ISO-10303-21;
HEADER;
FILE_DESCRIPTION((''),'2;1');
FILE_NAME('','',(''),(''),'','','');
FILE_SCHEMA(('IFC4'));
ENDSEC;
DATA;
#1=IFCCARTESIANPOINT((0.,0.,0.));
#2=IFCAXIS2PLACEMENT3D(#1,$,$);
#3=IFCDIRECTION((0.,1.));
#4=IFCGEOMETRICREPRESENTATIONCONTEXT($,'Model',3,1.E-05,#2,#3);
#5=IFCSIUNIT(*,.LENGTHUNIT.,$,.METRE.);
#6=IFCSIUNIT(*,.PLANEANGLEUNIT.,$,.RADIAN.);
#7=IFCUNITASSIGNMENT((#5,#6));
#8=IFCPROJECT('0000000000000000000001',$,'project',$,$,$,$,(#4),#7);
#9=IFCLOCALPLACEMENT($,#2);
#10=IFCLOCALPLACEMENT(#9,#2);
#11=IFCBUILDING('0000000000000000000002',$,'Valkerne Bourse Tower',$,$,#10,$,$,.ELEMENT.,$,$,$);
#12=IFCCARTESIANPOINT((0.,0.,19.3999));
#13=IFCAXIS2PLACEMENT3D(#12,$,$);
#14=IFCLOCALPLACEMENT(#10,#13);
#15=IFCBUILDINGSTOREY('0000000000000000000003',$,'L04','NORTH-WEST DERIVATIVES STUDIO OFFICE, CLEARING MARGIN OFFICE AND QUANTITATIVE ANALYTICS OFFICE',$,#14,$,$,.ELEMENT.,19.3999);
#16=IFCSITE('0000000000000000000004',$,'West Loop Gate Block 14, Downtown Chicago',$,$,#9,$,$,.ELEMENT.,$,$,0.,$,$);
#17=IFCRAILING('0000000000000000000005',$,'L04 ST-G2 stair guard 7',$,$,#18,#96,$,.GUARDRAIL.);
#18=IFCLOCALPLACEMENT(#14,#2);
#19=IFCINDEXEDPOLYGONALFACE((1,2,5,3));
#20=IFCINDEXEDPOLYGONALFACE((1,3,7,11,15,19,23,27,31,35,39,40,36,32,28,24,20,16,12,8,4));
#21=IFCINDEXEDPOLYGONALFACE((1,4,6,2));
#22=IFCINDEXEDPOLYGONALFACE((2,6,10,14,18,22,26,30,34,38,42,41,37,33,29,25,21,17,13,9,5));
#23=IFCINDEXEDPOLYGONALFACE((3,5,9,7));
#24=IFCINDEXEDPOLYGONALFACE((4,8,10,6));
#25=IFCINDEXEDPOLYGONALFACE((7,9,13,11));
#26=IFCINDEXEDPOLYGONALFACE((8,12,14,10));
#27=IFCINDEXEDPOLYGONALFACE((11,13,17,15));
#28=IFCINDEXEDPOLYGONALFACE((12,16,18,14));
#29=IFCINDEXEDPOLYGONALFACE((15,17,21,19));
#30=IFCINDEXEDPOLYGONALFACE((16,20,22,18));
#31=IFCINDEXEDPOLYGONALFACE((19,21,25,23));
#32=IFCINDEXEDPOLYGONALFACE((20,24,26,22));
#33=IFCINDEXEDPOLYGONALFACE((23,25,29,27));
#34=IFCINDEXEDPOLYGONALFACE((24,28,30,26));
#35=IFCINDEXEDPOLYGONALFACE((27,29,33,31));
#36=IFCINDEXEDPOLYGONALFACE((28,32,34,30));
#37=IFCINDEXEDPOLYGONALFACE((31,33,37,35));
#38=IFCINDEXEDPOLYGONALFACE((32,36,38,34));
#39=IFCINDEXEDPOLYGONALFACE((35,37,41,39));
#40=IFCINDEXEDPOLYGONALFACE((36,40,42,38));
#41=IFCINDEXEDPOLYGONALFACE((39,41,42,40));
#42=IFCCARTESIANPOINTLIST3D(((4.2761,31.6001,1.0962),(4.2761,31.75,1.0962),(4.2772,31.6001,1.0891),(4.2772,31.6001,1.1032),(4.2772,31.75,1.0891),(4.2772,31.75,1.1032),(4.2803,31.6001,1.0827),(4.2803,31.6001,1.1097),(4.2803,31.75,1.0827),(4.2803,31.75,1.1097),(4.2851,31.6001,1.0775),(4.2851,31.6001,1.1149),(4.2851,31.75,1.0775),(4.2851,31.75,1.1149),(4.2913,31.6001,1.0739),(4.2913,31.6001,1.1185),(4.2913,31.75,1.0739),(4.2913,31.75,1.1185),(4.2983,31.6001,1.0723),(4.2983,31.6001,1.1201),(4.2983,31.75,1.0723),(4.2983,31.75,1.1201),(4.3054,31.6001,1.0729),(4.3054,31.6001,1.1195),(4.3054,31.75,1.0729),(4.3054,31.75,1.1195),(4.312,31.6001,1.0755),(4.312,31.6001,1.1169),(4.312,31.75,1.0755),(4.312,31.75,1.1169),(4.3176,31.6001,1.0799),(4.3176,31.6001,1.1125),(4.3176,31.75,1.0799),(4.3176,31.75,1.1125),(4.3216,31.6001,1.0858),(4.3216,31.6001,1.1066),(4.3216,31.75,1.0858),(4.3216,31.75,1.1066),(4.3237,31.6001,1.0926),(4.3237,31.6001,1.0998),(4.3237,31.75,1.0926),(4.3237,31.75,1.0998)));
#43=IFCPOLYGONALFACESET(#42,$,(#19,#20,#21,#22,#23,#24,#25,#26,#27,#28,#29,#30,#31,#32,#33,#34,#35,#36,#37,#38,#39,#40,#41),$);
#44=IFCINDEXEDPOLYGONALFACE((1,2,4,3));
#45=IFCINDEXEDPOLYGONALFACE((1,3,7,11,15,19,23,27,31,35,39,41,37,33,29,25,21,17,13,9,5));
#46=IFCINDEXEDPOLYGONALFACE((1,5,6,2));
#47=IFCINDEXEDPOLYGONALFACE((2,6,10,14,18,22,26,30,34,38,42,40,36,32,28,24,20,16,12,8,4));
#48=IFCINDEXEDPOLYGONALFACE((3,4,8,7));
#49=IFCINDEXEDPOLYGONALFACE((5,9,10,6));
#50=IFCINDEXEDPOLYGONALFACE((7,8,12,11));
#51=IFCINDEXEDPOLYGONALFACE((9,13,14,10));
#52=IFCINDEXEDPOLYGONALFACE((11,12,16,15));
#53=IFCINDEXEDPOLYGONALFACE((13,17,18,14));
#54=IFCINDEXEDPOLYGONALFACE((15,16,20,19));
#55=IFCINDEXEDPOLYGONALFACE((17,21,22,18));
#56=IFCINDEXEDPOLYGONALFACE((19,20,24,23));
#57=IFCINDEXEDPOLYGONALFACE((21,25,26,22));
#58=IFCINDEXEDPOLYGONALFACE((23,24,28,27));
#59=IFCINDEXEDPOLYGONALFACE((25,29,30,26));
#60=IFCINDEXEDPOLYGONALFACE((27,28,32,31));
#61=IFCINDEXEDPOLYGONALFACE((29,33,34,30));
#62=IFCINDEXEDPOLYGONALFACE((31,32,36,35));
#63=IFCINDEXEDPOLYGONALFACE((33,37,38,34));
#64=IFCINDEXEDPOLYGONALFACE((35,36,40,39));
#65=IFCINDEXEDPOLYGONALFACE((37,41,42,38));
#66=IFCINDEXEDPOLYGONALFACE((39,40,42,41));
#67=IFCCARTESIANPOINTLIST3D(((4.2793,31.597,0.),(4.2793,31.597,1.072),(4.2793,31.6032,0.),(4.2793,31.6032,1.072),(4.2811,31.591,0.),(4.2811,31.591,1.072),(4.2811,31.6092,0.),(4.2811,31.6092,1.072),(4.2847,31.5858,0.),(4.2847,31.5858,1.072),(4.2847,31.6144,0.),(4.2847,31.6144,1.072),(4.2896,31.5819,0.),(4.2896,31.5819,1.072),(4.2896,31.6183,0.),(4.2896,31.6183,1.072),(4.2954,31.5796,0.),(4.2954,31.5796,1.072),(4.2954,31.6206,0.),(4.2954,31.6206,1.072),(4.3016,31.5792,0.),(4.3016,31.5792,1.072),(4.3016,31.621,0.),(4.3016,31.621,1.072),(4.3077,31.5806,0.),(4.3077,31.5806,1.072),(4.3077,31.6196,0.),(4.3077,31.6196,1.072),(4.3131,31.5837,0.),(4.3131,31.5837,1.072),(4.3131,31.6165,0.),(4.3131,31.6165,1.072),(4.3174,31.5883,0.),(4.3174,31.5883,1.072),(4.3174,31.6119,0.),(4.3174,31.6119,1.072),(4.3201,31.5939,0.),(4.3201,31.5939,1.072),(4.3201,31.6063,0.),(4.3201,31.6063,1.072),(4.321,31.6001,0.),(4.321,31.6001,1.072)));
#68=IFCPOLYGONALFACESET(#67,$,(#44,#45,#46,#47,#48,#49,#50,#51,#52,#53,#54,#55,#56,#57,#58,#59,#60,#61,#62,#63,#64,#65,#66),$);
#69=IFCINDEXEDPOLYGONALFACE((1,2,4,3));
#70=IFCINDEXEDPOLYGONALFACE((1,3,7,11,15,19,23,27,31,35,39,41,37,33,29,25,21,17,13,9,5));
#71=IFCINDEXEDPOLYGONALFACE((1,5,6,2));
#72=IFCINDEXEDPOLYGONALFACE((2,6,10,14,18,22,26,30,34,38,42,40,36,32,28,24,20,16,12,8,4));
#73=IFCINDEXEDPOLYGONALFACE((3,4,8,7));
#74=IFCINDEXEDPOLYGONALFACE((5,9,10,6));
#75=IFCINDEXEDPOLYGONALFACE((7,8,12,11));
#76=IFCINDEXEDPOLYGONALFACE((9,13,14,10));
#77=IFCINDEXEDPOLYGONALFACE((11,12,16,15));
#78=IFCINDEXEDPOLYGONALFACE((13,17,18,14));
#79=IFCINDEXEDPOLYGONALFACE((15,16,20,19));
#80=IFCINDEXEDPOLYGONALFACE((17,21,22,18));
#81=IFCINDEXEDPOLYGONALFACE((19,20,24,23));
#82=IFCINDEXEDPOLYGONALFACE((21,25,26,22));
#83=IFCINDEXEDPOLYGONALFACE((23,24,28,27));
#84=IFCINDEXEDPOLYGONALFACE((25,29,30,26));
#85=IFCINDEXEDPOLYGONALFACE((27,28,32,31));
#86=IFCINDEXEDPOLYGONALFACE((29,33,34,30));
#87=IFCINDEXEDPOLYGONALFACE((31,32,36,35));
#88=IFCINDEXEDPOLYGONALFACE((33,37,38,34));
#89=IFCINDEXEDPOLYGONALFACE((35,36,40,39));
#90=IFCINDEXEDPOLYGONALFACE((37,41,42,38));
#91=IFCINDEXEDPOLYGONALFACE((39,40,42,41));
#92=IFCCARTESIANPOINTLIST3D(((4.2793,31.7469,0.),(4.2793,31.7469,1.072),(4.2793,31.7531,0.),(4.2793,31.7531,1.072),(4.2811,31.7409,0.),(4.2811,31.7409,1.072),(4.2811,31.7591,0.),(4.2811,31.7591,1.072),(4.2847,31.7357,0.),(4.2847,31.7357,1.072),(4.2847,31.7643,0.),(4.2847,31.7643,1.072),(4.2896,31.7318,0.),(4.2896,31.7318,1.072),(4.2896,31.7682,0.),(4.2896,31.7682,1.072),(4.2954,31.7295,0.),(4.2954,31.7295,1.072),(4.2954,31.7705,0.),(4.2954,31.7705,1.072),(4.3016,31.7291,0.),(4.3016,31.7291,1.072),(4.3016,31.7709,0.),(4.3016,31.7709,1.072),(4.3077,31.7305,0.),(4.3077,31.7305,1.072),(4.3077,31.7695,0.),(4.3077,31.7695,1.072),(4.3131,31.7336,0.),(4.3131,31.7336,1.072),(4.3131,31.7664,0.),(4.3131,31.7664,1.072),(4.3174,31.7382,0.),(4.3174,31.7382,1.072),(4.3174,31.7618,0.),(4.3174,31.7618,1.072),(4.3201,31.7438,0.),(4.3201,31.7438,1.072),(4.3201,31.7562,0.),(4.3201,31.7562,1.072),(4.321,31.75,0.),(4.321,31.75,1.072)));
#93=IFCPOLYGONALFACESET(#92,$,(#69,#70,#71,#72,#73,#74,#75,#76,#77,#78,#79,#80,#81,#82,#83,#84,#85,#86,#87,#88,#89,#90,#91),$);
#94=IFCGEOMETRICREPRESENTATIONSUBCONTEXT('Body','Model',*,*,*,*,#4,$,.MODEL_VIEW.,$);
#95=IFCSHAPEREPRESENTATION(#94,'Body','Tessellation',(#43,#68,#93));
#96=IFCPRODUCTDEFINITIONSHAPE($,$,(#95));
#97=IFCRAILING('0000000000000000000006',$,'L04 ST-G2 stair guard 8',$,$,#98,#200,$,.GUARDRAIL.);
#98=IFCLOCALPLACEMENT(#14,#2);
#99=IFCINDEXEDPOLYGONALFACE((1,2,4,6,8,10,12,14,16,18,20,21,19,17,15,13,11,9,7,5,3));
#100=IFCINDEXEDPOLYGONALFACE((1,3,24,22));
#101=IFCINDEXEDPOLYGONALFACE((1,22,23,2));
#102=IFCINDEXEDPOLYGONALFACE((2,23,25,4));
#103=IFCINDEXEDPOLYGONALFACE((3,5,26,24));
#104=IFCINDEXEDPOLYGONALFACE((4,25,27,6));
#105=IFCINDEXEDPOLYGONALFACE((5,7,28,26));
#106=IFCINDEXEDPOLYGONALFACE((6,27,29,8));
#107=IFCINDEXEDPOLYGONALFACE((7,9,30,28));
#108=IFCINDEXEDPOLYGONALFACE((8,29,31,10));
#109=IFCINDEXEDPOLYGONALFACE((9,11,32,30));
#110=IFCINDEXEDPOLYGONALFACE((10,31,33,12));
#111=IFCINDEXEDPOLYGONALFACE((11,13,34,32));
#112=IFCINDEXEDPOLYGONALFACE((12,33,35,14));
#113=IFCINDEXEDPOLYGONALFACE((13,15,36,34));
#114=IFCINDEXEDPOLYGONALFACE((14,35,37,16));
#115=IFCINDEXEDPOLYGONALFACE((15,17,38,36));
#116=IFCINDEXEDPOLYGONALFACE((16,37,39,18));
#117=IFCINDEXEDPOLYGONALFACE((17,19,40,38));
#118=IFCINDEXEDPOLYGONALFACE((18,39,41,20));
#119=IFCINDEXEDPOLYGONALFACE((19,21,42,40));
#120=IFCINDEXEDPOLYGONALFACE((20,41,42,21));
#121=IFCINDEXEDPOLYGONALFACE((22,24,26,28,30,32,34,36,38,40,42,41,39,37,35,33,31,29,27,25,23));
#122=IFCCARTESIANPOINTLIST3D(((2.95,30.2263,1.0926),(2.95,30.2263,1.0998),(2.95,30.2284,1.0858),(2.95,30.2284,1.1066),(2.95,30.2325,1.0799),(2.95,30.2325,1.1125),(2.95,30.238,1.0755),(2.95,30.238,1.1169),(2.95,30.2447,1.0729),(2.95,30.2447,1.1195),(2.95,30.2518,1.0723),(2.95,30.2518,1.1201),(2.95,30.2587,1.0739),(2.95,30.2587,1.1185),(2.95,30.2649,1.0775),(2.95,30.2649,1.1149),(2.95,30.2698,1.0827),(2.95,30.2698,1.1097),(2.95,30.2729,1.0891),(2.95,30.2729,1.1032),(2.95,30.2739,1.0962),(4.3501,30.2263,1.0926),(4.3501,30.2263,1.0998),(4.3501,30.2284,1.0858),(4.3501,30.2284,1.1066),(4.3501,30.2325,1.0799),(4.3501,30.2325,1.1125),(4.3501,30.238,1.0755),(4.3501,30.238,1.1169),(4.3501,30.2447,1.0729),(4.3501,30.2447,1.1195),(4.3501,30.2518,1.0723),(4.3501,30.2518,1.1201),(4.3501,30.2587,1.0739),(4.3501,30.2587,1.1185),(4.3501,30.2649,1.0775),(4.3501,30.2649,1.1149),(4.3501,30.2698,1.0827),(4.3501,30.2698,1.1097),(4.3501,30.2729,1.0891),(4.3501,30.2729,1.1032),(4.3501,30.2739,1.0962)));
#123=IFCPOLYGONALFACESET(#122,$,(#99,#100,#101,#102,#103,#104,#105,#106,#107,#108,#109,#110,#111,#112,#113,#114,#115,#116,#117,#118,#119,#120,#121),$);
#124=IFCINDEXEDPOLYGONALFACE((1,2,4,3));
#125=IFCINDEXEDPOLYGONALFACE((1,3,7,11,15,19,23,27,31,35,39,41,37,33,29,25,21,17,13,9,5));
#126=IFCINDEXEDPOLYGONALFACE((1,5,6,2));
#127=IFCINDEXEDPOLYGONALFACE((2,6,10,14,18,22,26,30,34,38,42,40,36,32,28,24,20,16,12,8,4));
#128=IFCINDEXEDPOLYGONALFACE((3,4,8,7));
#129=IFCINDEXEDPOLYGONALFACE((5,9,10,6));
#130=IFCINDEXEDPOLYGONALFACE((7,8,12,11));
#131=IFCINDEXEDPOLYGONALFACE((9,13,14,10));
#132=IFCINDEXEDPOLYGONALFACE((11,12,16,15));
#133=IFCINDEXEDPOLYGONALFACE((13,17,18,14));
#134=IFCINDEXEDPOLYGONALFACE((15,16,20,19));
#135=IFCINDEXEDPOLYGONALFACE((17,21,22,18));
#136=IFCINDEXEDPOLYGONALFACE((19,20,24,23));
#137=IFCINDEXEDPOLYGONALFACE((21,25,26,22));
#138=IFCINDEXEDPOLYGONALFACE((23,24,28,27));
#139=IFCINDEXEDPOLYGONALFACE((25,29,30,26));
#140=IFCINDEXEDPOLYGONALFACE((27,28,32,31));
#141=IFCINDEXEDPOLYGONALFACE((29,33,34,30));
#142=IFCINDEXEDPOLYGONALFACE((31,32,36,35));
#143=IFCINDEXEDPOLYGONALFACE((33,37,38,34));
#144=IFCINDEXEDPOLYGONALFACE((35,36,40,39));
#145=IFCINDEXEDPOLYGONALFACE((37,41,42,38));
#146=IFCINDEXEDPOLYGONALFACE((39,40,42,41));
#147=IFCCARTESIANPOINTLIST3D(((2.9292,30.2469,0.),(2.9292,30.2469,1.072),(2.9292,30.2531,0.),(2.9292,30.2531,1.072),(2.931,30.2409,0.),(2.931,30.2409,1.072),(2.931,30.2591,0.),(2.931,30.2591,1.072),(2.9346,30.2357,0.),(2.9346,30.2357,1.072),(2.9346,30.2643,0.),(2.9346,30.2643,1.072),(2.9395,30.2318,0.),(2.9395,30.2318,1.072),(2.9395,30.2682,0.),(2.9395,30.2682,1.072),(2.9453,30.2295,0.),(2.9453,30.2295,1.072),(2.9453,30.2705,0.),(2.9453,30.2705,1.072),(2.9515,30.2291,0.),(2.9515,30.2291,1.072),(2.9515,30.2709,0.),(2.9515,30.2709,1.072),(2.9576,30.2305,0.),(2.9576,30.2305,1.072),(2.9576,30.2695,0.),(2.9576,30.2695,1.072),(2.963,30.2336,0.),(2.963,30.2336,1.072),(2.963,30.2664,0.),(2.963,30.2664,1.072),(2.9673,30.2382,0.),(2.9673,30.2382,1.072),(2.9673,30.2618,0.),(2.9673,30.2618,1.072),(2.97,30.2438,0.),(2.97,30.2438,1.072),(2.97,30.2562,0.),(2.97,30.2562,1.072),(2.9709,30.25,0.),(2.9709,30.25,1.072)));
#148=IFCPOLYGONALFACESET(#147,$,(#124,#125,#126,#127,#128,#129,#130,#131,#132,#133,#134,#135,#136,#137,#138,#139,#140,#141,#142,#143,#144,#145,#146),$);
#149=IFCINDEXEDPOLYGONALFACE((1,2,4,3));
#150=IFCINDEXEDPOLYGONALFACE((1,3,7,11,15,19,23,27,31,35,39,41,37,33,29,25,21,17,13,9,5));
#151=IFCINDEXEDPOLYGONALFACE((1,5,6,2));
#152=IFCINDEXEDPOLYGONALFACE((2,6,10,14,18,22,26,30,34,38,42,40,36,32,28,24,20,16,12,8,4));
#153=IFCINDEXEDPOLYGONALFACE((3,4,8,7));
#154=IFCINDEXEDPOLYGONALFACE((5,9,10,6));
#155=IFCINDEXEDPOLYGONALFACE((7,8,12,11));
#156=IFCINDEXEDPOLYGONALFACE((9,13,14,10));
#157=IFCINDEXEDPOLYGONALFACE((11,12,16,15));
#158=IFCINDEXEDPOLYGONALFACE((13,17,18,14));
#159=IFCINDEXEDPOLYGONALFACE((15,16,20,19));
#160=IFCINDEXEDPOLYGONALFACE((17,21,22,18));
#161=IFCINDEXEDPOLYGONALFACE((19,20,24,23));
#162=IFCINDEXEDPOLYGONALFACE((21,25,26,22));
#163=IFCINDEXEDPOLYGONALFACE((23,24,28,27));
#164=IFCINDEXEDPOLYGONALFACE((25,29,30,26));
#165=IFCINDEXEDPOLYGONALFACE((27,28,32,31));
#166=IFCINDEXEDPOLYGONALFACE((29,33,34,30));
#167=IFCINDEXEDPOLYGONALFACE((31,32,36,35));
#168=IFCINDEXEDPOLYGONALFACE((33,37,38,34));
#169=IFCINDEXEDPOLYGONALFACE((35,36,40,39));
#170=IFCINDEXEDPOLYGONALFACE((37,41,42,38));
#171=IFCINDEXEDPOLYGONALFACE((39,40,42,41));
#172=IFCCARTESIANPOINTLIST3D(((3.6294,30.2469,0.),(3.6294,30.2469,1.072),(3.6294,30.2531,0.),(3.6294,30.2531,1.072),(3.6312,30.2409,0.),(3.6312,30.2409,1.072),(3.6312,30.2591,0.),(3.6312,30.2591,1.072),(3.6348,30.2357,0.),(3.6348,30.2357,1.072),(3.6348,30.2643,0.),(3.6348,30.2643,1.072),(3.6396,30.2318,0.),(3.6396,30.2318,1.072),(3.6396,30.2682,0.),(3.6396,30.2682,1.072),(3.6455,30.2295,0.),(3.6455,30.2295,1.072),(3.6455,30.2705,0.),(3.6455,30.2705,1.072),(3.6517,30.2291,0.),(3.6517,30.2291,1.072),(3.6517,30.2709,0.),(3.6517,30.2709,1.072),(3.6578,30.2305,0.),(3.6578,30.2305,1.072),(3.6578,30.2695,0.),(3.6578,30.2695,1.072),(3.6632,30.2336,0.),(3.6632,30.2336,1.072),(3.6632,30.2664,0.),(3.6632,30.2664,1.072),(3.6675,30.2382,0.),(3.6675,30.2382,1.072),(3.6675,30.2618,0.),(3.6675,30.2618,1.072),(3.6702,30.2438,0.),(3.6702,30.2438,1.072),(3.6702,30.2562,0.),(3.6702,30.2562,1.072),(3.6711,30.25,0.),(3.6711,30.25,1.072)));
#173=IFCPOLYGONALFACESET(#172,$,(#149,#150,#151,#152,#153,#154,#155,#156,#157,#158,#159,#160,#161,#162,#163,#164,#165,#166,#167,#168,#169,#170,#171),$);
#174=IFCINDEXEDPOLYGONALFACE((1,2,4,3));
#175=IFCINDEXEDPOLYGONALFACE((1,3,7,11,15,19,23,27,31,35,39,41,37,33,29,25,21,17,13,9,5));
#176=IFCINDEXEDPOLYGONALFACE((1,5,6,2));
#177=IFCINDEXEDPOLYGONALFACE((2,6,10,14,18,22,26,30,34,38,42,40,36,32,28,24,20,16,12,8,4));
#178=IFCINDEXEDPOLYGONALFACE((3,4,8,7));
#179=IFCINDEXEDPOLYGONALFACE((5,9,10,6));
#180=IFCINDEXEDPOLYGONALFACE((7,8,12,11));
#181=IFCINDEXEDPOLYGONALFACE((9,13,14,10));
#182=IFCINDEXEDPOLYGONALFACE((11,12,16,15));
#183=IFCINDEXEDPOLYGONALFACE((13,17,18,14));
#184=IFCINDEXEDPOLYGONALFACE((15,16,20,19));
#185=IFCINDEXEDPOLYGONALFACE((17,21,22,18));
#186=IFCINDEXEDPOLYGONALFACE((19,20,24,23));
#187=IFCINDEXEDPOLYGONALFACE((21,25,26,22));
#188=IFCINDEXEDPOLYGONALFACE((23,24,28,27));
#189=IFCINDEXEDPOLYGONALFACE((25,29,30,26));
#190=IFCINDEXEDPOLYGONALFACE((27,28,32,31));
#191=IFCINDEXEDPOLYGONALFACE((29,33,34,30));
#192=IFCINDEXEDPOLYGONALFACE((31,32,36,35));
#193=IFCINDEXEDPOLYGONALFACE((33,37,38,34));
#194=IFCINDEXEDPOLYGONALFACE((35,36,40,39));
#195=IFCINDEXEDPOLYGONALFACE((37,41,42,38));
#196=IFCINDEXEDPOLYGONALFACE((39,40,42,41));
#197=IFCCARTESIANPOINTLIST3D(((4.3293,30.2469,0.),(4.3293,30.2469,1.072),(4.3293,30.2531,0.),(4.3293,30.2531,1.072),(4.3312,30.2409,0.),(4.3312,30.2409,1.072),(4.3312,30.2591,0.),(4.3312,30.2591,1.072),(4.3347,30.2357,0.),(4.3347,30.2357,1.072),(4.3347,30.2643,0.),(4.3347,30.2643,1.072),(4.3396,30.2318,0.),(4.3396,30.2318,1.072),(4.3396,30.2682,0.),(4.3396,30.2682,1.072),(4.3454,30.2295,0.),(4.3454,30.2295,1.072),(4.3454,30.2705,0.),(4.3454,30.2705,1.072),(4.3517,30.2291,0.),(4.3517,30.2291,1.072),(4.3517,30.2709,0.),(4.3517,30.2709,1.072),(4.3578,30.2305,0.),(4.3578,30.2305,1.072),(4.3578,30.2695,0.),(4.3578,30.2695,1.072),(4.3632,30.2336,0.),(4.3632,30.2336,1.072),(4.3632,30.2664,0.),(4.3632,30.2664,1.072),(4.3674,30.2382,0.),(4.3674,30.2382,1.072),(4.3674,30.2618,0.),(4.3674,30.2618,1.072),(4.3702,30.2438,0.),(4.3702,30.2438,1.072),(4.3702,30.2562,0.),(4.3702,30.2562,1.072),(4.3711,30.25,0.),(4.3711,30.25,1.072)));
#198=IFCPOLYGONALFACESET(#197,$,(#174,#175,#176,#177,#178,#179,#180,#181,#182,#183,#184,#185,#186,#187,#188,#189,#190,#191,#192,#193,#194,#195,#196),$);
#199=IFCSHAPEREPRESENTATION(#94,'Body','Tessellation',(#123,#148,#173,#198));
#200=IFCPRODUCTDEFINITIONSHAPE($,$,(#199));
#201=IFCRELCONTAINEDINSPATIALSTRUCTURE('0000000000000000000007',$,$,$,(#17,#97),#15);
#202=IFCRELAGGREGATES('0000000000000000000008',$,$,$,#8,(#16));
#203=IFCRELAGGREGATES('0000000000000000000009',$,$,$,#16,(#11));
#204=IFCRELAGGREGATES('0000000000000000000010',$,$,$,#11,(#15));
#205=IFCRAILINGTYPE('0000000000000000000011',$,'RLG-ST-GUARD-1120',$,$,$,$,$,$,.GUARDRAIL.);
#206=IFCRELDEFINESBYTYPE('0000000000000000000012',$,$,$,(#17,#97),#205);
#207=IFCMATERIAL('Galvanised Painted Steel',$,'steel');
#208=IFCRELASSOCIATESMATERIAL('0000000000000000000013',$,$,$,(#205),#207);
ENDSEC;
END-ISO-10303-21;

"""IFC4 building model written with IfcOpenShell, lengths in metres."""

from ifc_helpers import new_model, si_unit, direction, frame, origin, origin_2d, place, context, subcontext, project, spatial, circle, extrude, material, type_object, element, save


model = new_model("IFC4")

# Units and contexts
model_context = context("Model", 3, precision=1e-05, world=origin(), true_north=direction((0.0, 1.0)))
body_context = subcontext(model_context, "Body", "Model", "MODEL_VIEW")
ifc_project = project(units=[si_unit("LENGTHUNIT", "METRE"), si_unit("PLANEANGLEUNIT", "RADIAN")], contexts=[model_context])

# Site, building, storey
site_placement = place(None, origin())
site = spatial("IfcSite", under=ifc_project, at=site_placement, Name="West Loop Gate Block 14, Downtown Chicago", CompositionType="ELEMENT", RefElevation=0.0)
building_placement = place(site_placement, origin())
building = spatial("IfcBuilding", under=site, at=building_placement, Name="Valkerne Bourse Tower", CompositionType="ELEMENT")
storey_placement = place(building_placement, frame((0.0, 0.0, 19.3999)))
storey = spatial("IfcBuildingStorey", under=building, at=storey_placement, Name="L04", Description="NORTH-WEST DERIVATIVES STUDIO OFFICE, CLEARING MARGIN OFFICE AND QUANTITATIVE ANALYTICS OFFICE", CompositionType="ELEMENT", Elevation=19.3999)

# Shared definitions
ifc_material_1 = material(Name="Galvanised Painted Steel", Category="steel")

# Railings
railing_type_1 = type_object("IfcRailingType", Name="RLG-ST-GUARD-1120", PredefinedType="GUARDRAIL", material=ifc_material_1)
railing_1_placement = place(storey_placement, frame((4.3, 31.6001, 0.0)))
element("IfcRailing", 1, at=railing_1_placement, inside=storey, type_object=railing_type_1, Name="L04 ST-G2 stair guard 7", PredefinedType="GUARDRAIL", context=body_context, shape_type="SweptSolid", body=[
    extrude(circle(Radius=0.0239, at=origin_2d()), frame((0.0, 0.0, 1.0962), z_axis=(0.0, 1.0, 0.0), x_axis=(-1.0, 0.0, 0.0)), (0.0, 0.0, 1.0), 0.1499),
    extrude(circle(Radius=0.021, at=origin_2d()), origin(), (0.0, 0.0, 1.0), 1.072),
    extrude(circle(Radius=0.021, at=origin_2d()), frame((0.0, 0.1499, 0.0)), (0.0, 0.0, 1.0), 1.072),
])
for number, where, name in (
    (2, (2.95, 30.25, 0.0), "L04 ST-G2 stair guard 8"),
):
    element("IfcRailing", number, at=place(storey_placement, frame(where)), inside=storey, type_object=railing_type_1, Name=name, PredefinedType="GUARDRAIL", context=body_context, shape_type="SweptSolid", body=[
        extrude(circle(Radius=0.0239, at=origin_2d()), frame((0.0, 0.0, 1.0962), z_axis=(1.0, 0.0, 0.0), x_axis=(0.0, 1.0, 0.0)), (0.0, 0.0, 1.0), 1.4001),
        extrude(circle(Radius=0.021, at=origin_2d()), origin(), (0.0, 0.0, 1.0), 1.072),
        extrude(circle(Radius=0.021, at=origin_2d()), frame((0.7002, 0.0, 0.0)), (0.0, 0.0, 1.0), 1.072),
        extrude(circle(Radius=0.021, at=origin_2d()), frame((1.4001, 0.0, 0.0)), (0.0, 0.0, 1.0), 1.072),
    ])

save(model, "model.ifc")
